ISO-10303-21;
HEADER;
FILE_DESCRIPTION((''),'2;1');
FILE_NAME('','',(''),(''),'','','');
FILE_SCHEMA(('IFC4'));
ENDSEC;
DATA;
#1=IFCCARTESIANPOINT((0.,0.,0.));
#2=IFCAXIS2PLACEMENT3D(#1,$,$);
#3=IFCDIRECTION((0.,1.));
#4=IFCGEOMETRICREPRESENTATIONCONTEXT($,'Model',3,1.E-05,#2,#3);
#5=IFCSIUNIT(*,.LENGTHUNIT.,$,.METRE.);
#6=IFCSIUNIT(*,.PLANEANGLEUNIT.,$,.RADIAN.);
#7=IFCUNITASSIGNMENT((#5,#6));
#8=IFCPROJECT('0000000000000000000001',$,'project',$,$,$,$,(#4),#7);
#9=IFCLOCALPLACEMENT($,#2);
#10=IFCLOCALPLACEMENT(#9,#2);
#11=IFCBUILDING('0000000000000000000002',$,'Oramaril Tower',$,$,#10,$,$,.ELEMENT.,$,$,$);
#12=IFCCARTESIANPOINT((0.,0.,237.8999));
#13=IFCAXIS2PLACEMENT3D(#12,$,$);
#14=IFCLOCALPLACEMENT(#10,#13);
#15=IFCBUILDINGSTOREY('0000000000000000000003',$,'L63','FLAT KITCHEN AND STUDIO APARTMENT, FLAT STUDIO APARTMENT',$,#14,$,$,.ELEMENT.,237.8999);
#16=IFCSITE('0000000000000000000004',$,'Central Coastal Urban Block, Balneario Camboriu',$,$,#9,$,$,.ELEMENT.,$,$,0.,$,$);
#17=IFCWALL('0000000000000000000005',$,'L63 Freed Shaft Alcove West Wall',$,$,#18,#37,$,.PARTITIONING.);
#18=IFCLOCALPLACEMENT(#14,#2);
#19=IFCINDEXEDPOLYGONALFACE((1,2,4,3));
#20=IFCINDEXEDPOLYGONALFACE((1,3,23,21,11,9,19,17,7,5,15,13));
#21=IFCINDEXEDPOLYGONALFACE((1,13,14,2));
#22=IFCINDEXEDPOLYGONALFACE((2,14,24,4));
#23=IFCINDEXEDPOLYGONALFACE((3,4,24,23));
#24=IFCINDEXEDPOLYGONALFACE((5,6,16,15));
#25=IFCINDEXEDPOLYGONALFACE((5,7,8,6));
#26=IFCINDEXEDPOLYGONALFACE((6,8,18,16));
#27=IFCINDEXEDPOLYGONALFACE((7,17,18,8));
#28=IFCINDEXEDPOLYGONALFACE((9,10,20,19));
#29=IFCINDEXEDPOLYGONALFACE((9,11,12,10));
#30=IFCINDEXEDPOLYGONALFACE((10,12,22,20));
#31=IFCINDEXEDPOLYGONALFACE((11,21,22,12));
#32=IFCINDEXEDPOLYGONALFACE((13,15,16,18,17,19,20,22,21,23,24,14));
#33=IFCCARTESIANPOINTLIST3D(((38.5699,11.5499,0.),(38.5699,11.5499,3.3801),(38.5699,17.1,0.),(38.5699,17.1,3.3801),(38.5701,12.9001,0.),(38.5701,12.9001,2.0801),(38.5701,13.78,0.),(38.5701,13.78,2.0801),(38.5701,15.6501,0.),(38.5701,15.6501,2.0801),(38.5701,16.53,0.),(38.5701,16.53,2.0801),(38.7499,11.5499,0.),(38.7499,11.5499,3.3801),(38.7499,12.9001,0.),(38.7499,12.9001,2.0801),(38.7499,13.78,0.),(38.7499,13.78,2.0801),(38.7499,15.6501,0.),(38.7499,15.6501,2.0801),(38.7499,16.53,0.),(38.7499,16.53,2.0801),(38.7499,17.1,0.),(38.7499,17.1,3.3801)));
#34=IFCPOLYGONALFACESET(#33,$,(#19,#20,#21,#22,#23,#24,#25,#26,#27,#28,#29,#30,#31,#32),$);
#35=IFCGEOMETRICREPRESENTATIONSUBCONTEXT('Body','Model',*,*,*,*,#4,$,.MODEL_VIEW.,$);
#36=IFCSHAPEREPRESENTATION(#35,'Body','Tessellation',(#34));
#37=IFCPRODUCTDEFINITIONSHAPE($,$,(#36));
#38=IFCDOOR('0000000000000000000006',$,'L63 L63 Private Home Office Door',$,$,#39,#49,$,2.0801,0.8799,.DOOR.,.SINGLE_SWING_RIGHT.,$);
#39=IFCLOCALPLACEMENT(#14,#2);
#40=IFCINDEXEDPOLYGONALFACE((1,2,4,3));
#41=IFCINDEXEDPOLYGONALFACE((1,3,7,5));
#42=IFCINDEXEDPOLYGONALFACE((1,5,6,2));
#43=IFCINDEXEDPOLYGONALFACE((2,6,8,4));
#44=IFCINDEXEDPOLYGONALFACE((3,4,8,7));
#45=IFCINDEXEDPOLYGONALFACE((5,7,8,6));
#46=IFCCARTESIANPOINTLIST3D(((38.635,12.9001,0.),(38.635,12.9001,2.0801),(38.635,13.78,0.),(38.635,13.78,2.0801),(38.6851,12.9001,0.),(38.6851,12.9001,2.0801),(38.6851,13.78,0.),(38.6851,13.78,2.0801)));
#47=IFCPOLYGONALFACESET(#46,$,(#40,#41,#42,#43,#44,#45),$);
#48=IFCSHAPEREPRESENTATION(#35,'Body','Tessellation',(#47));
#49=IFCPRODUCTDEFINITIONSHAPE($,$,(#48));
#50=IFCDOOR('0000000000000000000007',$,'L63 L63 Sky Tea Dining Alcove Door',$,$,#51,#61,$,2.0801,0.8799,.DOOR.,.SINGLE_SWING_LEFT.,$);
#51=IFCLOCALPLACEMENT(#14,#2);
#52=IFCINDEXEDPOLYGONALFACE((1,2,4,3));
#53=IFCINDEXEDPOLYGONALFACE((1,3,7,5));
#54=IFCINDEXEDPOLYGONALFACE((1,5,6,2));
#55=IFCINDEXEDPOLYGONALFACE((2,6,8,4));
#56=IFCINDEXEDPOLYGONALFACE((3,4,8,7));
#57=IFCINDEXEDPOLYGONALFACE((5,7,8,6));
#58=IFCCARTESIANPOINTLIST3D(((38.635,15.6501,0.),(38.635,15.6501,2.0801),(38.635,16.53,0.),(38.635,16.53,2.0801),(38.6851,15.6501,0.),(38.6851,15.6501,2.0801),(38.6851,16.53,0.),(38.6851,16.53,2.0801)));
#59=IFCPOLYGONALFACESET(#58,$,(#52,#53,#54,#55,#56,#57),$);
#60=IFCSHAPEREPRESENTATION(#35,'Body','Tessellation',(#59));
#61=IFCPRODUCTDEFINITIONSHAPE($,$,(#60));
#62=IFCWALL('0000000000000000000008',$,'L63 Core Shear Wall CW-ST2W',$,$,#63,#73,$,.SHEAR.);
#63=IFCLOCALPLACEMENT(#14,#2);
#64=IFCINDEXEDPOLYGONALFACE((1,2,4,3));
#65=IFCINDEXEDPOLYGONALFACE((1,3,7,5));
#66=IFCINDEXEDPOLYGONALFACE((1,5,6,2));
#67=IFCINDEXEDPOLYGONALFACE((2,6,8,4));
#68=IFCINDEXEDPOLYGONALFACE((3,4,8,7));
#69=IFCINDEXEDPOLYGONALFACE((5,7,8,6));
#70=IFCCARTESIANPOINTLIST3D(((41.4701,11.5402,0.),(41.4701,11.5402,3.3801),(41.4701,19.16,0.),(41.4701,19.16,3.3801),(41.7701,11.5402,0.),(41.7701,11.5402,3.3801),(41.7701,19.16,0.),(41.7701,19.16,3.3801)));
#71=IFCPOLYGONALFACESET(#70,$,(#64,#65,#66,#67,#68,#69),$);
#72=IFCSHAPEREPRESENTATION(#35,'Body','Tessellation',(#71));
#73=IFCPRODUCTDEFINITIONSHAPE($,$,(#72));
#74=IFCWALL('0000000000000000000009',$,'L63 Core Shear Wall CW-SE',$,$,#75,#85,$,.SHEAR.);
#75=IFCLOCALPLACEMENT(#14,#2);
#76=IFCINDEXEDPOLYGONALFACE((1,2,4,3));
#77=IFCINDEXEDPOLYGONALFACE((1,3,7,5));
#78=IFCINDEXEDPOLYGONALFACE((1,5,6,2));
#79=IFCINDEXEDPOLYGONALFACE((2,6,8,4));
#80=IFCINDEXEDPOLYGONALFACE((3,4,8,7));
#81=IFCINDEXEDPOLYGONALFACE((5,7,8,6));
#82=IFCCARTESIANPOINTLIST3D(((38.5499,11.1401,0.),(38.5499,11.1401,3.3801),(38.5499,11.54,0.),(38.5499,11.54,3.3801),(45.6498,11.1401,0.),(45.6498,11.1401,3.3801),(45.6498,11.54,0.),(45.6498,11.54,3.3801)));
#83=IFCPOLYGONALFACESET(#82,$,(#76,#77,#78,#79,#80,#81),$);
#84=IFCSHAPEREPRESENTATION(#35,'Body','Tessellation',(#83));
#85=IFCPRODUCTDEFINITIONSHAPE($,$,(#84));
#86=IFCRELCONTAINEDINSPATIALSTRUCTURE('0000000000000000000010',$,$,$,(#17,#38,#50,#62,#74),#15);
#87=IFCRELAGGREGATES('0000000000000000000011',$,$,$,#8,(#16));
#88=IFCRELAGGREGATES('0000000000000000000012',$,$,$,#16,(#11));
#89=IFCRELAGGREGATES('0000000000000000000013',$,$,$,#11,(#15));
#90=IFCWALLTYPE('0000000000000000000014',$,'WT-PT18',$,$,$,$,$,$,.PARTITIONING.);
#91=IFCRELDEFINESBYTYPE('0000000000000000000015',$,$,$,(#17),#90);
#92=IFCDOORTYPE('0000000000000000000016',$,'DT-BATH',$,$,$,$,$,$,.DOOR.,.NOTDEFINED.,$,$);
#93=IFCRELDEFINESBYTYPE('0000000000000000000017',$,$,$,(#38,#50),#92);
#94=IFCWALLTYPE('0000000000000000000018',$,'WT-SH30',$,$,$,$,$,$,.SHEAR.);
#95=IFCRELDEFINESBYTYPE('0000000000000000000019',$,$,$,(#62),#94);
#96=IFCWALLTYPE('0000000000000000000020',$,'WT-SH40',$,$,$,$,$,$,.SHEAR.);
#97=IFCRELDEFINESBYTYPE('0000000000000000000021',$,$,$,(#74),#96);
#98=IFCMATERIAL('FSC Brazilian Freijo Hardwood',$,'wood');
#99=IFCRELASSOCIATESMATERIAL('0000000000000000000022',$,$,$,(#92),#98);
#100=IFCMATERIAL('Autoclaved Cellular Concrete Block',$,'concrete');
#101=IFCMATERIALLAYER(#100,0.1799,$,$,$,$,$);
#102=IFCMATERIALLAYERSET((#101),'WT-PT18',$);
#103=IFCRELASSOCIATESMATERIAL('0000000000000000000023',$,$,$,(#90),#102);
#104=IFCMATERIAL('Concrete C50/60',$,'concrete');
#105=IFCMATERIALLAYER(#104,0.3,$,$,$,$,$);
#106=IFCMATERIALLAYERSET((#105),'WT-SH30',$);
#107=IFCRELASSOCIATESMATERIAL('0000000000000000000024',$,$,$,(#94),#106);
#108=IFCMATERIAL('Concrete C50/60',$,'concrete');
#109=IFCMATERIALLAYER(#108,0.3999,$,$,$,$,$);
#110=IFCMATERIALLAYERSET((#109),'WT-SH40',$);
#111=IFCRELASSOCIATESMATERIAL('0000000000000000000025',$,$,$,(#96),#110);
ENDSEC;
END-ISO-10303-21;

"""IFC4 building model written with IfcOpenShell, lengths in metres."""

from ifc_helpers import new_model, si_unit, direction, frame, frame_2d, origin, place, context, subcontext, project, spatial, rectangle, extrude, material, layer, layer_set, type_object, element, fill, save


model = new_model("IFC4")

# Units and contexts
model_context = context("Model", 3, precision=1e-05, world=origin(), true_north=direction((0.0, 1.0)))
body_context = subcontext(model_context, "Body", "Model", "MODEL_VIEW")
ifc_project = project(units=[si_unit("LENGTHUNIT", "METRE"), si_unit("PLANEANGLEUNIT", "RADIAN")], contexts=[model_context])

# Site, building, storey
site_placement = place(None, origin())
site = spatial("IfcSite", under=ifc_project, at=site_placement, Name="Central Coastal Urban Block, Balneario Camboriu", CompositionType="ELEMENT", RefElevation=0.0)
building_placement = place(site_placement, origin())
building = spatial("IfcBuilding", under=site, at=building_placement, Name="Oramaril Tower", CompositionType="ELEMENT")
storey_placement = place(building_placement, frame((0.0, 0.0, 237.8999)))
storey = spatial("IfcBuildingStorey", under=building, at=storey_placement, Name="L63", Description="FLAT KITCHEN AND STUDIO APARTMENT, FLAT STUDIO APARTMENT", CompositionType="ELEMENT", Elevation=237.8999)

# Shared definitions
ifc_material_1 = material(Name="FSC Brazilian Freijo Hardwood", Category="wood")
door_type_1 = type_object("IfcDoorType", Name="DT-BATH", OperationType="NOTDEFINED", PredefinedType="DOOR", material=ifc_material_1)

# Shared definitions
ifc_material_2 = material(Name="Autoclaved Cellular Concrete Block", Category="concrete")
ifc_layer_1 = layer(ifc_material_2, 0.1799)
ifc_layer_set_1 = layer_set([ifc_layer_1], Name="WT-PT18")
wall_type_1 = type_object("IfcWallType", Name="WT-PT18", PredefinedType="PARTITIONING", material=ifc_layer_set_1)

# Wall, openings, doors
wall_1_placement = place(storey_placement, frame((38.6599, 11.55, 0.0), z_axis=(0.0, 0.0, 1.0), x_axis=(0.0, 1.0, 0.0)))
wall_1 = element("IfcWall", 1, at=wall_1_placement, inside=storey, type_object=wall_type_1, Name="L63 Freed Shaft Alcove West Wall", PredefinedType="PARTITIONING", context=body_context, shape_type="SweptSolid", body=[
    extrude(rectangle(XDim=5.55, YDim=0.1799, at=frame_2d((2.7749, 0.0))), origin(), (0.0, 0.0, 1.0), 3.3801),
])
opening_1_placement = place(wall_1_placement, frame((1.3501, 0.0, 0.0)))
opening_1 = element("IfcOpeningElement", 2, at=opening_1_placement, cuts=wall_1, PredefinedType="OPENING", context=body_context, shape_type="SweptSolid", body=[
    extrude(rectangle(XDim=0.8799, YDim=2.0801, at=frame_2d((0.4399, 1.04))), frame((0.0, 0.0898, 0.0), z_axis=(0.0, -1.0, 0.0), x_axis=(1.0, 0.0, 0.0)), (0.0, 0.0, 1.0), 0.1799),
])
opening_2_placement = place(wall_1_placement, frame((4.1001, 0.0, 0.0)))
opening_2 = element("IfcOpeningElement", 3, at=opening_2_placement, cuts=wall_1, PredefinedType="OPENING", context=body_context, shape_type="SweptSolid", body=[
    extrude(rectangle(XDim=0.8799, YDim=2.0801, at=frame_2d((0.4399, 1.04))), frame((0.0, 0.0898, 0.0), z_axis=(0.0, -1.0, 0.0), x_axis=(1.0, 0.0, 0.0)), (0.0, 0.0, 1.0), 0.1799),
])
door_1_placement = place(opening_1_placement, origin())
door_1 = element("IfcDoor", 4, at=door_1_placement, inside=storey, type_object=door_type_1, Name="L63 L63 Private Home Office Door", OperationType="SINGLE_SWING_RIGHT", OverallHeight=2.0801, OverallWidth=0.8799, PredefinedType="DOOR", context=body_context, shape_type="SweptSolid", body=[
    extrude(rectangle(XDim=0.8799, YDim=2.0801, at=frame_2d((0.4399, 1.04))), frame((0.0, 0.0249, 0.0), z_axis=(0.0, -1.0, 0.0), x_axis=(1.0, 0.0, 0.0)), (0.0, 0.0, 1.0), 0.05),
])
fill(opening_1, door_1)
door_2_placement = place(opening_2_placement, origin())
door_2 = element("IfcDoor", 5, at=door_2_placement, inside=storey, type_object=door_type_1, Name="L63 L63 Sky Tea Dining Alcove Door", OperationType="SINGLE_SWING_LEFT", OverallHeight=2.0801, OverallWidth=0.8799, PredefinedType="DOOR", context=body_context, shape_type="SweptSolid", body=[
    extrude(rectangle(XDim=0.8799, YDim=2.0801, at=frame_2d((0.4399, 1.04))), frame((0.0, 0.0249, 0.0), z_axis=(0.0, -1.0, 0.0), x_axis=(1.0, 0.0, 0.0)), (0.0, 0.0, 1.0), 0.05),
])
fill(opening_2, door_2)

# Walls
ifc_material_3 = material(Name="Concrete C50/60", Category="concrete")
ifc_layer_2 = layer(ifc_material_3, 0.3)
ifc_layer_set_2 = layer_set([ifc_layer_2], Name="WT-SH30")
wall_type_2 = type_object("IfcWallType", Name="WT-SH30", PredefinedType="SHEAR", material=ifc_layer_set_2)
wall_2_placement = place(storey_placement, frame((41.6201, 11.54, 0.0), z_axis=(0.0, 0.0, 1.0), x_axis=(0.0, 1.0, 0.0)))
element("IfcWall", 6, at=wall_2_placement, inside=storey, type_object=wall_type_2, Name="L63 Core Shear Wall CW-ST2W", PredefinedType="SHEAR", context=body_context, shape_type="SweptSolid", body=[
    extrude(rectangle(XDim=7.6199, YDim=0.3, at=frame_2d((3.8101, 0.0))), origin(), (0.0, 0.0, 1.0), 3.3801),
])
ifc_material_4 = material(Name="Concrete C50/60", Category="concrete")
ifc_layer_3 = layer(ifc_material_4, 0.3999)
ifc_layer_set_3 = layer_set([ifc_layer_3], Name="WT-SH40")
wall_type_3 = type_object("IfcWallType", Name="WT-SH40", PredefinedType="SHEAR", material=ifc_layer_set_3)
wall_3_placement = place(storey_placement, frame((38.55, 11.3401, 0.0), z_axis=(0.0, 0.0, 1.0), x_axis=(1.0, 0.0, 0.0)))
element("IfcWall", 7, at=wall_3_placement, inside=storey, type_object=wall_type_3, Name="L63 Core Shear Wall CW-SE", PredefinedType="SHEAR", context=body_context, shape_type="SweptSolid", body=[
    extrude(rectangle(XDim=7.0999, YDim=0.3999, at=frame_2d((3.5498, 0.0))), origin(), (0.0, 0.0, 1.0), 3.3801),
])

save(model, "model.ifc")
